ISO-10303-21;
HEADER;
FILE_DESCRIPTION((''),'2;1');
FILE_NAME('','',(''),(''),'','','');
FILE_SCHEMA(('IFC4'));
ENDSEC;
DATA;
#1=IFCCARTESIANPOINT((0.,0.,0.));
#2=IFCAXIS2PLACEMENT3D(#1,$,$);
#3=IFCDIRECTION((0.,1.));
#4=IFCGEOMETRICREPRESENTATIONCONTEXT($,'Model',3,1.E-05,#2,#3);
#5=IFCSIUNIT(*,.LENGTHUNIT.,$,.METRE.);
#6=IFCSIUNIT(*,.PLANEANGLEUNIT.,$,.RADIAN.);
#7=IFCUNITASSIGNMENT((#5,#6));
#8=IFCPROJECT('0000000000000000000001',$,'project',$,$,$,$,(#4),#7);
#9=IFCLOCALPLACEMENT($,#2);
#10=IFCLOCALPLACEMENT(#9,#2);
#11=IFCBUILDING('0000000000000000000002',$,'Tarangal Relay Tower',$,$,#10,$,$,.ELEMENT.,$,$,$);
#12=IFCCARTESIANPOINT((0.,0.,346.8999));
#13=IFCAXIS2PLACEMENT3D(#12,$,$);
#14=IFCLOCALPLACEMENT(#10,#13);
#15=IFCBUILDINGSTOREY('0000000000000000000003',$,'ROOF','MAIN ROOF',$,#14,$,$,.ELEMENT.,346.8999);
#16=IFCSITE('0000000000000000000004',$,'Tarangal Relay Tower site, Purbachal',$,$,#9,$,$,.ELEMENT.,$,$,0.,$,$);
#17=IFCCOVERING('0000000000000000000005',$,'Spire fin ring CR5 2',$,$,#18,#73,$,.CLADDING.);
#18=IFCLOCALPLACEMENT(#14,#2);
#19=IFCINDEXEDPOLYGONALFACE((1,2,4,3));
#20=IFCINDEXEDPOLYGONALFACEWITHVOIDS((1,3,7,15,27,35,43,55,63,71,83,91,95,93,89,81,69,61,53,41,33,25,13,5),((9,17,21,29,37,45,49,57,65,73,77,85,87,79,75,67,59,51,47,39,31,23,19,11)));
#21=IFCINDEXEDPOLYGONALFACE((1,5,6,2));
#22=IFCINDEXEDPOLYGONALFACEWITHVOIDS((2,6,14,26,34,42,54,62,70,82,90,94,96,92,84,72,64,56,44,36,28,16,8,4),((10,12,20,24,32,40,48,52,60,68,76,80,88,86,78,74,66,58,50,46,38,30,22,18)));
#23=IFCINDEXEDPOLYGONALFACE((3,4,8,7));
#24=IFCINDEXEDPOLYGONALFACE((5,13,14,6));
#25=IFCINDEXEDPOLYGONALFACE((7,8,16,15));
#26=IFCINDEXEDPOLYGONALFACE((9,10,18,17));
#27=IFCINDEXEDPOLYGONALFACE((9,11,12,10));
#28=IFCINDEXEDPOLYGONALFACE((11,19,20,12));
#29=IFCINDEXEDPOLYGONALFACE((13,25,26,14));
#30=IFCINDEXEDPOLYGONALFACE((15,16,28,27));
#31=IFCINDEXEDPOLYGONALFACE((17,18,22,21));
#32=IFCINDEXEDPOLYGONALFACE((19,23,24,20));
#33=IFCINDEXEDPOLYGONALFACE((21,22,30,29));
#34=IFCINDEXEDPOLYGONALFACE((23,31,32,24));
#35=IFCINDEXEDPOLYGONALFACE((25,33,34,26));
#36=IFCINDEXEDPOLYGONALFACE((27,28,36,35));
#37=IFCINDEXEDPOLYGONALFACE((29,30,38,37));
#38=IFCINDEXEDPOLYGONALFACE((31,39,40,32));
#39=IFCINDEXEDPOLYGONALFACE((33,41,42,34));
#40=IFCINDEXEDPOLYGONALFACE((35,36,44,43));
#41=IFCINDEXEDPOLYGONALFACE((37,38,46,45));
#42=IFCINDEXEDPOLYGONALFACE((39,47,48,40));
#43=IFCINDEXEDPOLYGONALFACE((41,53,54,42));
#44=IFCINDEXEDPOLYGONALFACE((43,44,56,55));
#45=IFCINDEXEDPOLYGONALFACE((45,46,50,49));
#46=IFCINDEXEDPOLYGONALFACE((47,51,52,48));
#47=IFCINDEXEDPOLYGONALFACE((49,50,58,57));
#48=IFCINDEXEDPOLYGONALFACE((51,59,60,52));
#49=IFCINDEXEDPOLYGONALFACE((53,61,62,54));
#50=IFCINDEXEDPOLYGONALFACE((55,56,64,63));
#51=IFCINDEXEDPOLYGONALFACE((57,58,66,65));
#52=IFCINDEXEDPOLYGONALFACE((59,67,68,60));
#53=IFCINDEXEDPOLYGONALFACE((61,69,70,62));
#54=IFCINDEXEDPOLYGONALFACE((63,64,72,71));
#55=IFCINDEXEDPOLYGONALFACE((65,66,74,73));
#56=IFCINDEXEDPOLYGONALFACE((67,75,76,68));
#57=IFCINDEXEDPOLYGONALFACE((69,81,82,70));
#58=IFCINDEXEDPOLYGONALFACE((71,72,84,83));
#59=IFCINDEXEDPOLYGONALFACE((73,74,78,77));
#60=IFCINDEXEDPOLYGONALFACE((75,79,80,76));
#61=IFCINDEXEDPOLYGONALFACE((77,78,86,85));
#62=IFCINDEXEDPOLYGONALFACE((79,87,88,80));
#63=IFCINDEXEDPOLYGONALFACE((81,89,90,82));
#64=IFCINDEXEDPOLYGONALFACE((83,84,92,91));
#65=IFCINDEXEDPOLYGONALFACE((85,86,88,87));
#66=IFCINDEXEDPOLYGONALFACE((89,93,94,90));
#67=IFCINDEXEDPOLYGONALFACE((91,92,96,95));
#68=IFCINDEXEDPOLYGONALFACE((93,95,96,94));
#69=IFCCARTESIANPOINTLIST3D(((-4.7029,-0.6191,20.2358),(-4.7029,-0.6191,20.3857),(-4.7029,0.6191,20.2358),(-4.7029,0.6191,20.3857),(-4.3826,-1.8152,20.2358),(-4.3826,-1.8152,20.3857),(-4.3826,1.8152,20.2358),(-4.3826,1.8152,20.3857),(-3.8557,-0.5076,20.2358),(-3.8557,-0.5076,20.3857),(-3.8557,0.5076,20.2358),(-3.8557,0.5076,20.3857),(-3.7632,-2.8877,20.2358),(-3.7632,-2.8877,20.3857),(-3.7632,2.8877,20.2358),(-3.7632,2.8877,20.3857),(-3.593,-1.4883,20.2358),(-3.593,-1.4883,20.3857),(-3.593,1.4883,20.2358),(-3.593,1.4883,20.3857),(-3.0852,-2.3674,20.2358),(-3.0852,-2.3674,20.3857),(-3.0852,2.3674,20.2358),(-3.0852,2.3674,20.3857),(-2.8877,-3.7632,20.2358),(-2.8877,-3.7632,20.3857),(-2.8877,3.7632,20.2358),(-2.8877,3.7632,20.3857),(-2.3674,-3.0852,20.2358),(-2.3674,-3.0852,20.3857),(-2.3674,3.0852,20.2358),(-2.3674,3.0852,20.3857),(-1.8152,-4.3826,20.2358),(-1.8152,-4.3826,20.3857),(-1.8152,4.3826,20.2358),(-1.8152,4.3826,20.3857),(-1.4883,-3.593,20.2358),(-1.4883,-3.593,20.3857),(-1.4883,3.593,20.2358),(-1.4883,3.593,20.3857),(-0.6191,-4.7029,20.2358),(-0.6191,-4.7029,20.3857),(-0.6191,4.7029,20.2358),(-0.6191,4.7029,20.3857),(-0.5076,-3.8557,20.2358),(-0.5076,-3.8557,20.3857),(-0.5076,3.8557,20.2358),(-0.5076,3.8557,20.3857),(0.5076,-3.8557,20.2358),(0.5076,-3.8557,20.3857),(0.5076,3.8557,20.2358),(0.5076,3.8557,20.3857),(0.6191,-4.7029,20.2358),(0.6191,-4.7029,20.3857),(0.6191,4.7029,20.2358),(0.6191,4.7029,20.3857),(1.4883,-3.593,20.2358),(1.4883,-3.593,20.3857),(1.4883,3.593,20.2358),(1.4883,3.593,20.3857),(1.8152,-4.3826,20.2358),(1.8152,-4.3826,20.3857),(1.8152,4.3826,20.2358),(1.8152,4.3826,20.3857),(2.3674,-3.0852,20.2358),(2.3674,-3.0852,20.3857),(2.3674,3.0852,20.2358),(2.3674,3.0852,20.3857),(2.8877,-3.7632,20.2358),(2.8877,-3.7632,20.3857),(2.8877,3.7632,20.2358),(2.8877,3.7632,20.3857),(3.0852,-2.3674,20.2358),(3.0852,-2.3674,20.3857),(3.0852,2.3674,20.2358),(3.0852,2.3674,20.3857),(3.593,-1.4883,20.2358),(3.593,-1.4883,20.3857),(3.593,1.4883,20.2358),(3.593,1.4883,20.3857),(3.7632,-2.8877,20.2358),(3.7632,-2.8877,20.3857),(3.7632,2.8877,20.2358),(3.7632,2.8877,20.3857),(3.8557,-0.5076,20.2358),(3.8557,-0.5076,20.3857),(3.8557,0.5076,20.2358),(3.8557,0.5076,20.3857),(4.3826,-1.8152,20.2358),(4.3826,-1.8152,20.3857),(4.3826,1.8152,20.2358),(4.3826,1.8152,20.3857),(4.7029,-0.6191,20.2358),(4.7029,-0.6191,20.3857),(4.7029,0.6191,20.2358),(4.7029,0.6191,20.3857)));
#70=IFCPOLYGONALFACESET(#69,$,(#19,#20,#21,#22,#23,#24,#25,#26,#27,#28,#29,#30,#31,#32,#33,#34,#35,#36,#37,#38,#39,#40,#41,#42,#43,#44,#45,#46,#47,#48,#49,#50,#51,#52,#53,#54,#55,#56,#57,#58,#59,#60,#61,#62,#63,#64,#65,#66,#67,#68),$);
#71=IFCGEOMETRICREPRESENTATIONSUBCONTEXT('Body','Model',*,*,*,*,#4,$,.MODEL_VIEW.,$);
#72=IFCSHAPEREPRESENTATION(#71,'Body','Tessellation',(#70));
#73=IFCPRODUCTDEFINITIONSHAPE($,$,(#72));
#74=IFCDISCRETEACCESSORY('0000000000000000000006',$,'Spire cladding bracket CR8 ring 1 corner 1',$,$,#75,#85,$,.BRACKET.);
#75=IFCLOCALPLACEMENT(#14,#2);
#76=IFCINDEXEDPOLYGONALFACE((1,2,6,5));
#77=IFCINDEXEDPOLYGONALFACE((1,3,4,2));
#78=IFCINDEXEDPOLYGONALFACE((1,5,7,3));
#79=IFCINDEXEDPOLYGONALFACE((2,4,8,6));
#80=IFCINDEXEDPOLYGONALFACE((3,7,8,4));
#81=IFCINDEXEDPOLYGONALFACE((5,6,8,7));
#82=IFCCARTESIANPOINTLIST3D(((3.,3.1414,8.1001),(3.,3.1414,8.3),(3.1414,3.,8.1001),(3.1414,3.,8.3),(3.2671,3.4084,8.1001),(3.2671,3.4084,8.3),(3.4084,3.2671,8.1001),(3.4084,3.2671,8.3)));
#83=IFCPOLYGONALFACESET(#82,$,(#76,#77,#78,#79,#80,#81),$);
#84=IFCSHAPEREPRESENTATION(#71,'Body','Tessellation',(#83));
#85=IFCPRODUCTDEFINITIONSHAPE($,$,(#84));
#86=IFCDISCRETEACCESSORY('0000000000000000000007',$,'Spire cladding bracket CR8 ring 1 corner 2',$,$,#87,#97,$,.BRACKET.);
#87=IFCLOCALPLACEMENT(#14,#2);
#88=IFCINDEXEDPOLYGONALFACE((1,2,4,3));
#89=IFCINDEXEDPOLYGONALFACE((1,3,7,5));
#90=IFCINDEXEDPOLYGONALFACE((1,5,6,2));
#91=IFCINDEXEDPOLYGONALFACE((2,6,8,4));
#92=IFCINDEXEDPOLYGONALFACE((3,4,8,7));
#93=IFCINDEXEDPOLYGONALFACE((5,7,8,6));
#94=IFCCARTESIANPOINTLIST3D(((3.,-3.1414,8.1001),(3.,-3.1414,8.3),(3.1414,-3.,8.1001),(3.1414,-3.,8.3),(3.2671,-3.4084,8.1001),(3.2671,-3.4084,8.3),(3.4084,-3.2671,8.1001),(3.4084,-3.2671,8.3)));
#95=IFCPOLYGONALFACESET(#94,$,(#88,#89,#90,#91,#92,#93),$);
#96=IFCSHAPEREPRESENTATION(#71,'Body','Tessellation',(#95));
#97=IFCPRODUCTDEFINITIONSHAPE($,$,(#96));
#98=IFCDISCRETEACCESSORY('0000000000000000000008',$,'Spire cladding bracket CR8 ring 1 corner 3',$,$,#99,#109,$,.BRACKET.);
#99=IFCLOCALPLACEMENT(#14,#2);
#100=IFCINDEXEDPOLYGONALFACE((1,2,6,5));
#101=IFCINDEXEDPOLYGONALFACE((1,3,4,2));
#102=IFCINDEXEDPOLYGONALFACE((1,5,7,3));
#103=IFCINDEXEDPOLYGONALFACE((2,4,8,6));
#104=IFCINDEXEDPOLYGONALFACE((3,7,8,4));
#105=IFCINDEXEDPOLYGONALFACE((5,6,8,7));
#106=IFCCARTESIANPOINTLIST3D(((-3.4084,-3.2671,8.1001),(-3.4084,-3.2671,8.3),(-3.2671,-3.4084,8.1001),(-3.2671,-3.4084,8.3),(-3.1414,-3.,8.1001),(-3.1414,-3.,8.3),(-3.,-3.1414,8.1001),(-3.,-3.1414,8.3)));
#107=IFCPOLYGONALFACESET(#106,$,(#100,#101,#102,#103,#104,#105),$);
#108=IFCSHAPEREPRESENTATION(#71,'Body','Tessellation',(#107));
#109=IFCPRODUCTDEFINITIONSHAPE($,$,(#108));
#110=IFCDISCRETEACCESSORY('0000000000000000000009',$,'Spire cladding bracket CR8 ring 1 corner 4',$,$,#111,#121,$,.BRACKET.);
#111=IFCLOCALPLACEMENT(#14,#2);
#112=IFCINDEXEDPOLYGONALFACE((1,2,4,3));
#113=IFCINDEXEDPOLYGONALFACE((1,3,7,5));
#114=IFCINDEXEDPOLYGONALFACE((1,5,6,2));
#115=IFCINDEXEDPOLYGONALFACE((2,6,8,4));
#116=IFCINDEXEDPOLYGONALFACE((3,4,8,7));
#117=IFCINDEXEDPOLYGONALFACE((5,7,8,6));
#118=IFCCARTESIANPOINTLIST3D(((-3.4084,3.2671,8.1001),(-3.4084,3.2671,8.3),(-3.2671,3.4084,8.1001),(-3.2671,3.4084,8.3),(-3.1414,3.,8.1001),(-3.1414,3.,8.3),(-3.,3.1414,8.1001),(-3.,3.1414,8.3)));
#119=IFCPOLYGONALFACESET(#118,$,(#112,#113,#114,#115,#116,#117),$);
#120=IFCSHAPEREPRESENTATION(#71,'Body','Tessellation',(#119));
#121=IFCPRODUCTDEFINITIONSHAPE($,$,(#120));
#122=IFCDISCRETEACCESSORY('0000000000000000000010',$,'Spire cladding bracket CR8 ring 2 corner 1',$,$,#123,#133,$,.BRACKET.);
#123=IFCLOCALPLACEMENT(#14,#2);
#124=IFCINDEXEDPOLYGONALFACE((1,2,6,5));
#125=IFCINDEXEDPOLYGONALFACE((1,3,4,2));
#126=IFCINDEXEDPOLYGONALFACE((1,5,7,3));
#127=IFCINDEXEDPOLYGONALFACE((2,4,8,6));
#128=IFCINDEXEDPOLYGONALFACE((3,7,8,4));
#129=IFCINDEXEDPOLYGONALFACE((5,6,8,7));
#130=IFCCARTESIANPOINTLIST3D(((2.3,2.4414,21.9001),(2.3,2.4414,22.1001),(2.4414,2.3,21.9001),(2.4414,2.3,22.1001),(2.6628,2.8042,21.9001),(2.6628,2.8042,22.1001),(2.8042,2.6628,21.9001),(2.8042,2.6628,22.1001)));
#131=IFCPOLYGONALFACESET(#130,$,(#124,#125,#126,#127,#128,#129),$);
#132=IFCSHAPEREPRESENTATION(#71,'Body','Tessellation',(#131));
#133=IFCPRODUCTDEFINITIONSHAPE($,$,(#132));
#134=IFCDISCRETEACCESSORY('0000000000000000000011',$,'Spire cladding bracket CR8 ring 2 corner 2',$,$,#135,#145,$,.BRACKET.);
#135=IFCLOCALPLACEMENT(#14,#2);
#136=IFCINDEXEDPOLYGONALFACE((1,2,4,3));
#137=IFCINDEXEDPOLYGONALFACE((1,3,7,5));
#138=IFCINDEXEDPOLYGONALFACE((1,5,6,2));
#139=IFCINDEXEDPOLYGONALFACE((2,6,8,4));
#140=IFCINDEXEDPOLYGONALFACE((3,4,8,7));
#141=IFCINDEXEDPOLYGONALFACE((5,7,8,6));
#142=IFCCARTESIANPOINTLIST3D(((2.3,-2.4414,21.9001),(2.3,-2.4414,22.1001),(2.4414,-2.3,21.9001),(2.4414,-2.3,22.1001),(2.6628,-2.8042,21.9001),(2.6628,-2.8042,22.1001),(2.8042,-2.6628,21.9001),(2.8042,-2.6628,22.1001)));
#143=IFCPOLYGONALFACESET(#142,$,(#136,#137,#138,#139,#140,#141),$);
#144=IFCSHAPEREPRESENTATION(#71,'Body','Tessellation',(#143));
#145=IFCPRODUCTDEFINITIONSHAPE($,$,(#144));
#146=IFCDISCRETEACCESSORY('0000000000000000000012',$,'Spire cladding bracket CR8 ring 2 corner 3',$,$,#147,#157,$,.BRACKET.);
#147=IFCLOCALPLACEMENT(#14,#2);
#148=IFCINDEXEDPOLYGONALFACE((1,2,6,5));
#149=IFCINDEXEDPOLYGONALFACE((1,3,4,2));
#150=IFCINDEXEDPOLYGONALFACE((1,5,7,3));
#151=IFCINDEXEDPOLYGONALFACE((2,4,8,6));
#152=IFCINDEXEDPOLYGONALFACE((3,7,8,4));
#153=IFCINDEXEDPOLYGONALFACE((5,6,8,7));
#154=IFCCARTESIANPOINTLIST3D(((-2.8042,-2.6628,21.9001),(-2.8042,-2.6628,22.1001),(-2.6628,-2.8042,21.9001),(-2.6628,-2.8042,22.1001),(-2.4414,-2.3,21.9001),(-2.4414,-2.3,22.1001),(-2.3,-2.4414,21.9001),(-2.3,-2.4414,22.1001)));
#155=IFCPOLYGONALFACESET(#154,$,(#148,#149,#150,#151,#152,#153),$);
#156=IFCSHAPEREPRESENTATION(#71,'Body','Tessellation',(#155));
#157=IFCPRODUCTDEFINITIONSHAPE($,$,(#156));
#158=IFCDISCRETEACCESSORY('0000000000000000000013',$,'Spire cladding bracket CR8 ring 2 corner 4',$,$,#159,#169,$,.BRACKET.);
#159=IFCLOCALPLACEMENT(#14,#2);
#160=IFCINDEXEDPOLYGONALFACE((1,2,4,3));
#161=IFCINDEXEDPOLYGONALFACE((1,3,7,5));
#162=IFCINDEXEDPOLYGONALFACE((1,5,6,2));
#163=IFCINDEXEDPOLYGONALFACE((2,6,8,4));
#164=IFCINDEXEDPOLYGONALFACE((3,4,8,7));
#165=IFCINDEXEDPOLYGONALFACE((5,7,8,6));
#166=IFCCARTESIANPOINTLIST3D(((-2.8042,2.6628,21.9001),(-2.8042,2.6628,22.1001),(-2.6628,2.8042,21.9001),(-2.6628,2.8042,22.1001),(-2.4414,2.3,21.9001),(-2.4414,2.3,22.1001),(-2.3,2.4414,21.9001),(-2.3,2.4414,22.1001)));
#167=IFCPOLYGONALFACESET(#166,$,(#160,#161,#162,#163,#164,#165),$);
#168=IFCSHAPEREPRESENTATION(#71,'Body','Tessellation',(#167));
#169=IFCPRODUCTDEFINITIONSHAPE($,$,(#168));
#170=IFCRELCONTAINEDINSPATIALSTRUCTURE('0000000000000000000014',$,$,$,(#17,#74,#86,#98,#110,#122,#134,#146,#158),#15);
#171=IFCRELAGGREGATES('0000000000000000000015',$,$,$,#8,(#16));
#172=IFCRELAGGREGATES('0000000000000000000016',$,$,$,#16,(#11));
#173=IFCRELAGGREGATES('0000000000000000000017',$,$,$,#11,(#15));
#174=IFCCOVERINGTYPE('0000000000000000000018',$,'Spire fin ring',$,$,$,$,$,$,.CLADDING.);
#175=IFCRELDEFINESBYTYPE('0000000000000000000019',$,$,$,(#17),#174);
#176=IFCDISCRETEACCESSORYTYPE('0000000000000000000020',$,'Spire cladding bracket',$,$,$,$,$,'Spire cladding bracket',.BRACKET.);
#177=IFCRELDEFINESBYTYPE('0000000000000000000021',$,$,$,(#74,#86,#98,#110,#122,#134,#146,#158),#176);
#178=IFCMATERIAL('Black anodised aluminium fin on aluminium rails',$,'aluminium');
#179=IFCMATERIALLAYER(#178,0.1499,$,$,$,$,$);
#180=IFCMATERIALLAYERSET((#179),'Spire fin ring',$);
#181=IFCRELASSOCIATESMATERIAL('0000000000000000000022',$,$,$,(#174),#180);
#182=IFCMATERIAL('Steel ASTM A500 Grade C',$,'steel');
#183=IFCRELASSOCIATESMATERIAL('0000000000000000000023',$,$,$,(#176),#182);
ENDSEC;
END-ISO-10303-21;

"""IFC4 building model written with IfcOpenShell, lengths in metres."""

from ifc_helpers import new_model, si_unit, direction, frame, origin, place, context, subcontext, project, spatial, polyline, outline, extrude, material, layer, layer_set, type_object, element, save


model = new_model("IFC4")

# Units and contexts
model_context = context("Model", 3, precision=1e-05, world=origin(), true_north=direction((0.0, 1.0)))
body_context = subcontext(model_context, "Body", "Model", "MODEL_VIEW")
ifc_project = project(units=[si_unit("LENGTHUNIT", "METRE"), si_unit("PLANEANGLEUNIT", "RADIAN")], contexts=[model_context])

# Site, building, storey
site_placement = place(None, origin())
site = spatial("IfcSite", under=ifc_project, at=site_placement, Name="Tarangal Relay Tower site, Purbachal", CompositionType="ELEMENT", RefElevation=0.0)
building_placement = place(site_placement, origin())
building = spatial("IfcBuilding", under=site, at=building_placement, Name="Tarangal Relay Tower", CompositionType="ELEMENT")
storey_placement = place(building_placement, frame((0.0, 0.0, 346.8999)))
storey = spatial("IfcBuildingStorey", under=building, at=storey_placement, Name="ROOF", Description="MAIN ROOF", CompositionType="ELEMENT", Elevation=346.8999)

# Shared definitions
ifc_material_1 = material(Name="Steel ASTM A500 Grade C", Category="steel")

# Covering
ifc_material_2 = material(Name="Black anodised aluminium fin on aluminium rails", Category="aluminium")
ifc_layer_1 = layer(ifc_material_2, 0.1499)
ifc_layer_set_1 = layer_set([ifc_layer_1], Name="Spire fin ring")
covering_type_1 = type_object("IfcCoveringType", Name="Spire fin ring", PredefinedType="CLADDING", material=ifc_layer_set_1)
covering_1_placement = place(storey_placement, frame((0.0, 0.0, 20.2358)))
element("IfcCovering", 1, at=covering_1_placement, inside=storey, type_object=covering_type_1, Name="Spire fin ring CR5 2", PredefinedType="CLADDING", context=body_context, shape_type="SweptSolid", body=[
    extrude(outline(polyline([(4.7029, 0.6191), (4.3826, 1.8152), (3.7632, 2.8877), (2.8877, 3.7632), (1.8152, 4.3826), (0.6191, 4.7029), (-0.6191, 4.7029), (-1.8152, 4.3826), (-2.8877, 3.7632), (-3.7632, 2.8877), (-4.3826, 1.8152), (-4.7029, 0.6191), (-4.7029, -0.6191), (-4.3826, -1.8152), (-3.7632, -2.8877), (-2.8877, -3.7632), (-1.8152, -4.3826), (-0.6191, -4.7029), (0.6191, -4.7029), (1.8152, -4.3826), (2.8877, -3.7632), (3.7632, -2.8877), (4.3826, -1.8152), (4.7029, -0.6191), (4.7029, 0.6191)]), holes=[polyline([(3.8557, 0.5076), (3.593, 1.4883), (3.0852, 2.3674), (2.3674, 3.0852), (1.4883, 3.593), (0.5076, 3.8557), (-0.5076, 3.8557), (-1.4883, 3.593), (-2.3674, 3.0852), (-3.0852, 2.3674), (-3.593, 1.4883), (-3.8557, 0.5076), (-3.8557, -0.5076), (-3.593, -1.4883), (-3.0852, -2.3674), (-2.3674, -3.0852), (-1.4883, -3.593), (-0.5076, -3.8557), (0.5076, -3.8557), (1.4883, -3.593), (2.3674, -3.0852), (3.0852, -2.3674), (3.593, -1.4883), (3.8557, -0.5076), (3.8557, 0.5076)])]), origin(), (0.0, 0.0, 1.0), 0.1499),
])

# Discrete accessories
discrete_accessory_type = type_object("IfcDiscreteAccessoryType", Name="Spire cladding bracket", ElementType="Spire cladding bracket", PredefinedType="BRACKET", material=ifc_material_1)
discrete_accessory_1_placement = place(storey_placement, frame((0.0, 0.0, 8.1001)))
element("IfcDiscreteAccessory", 2, at=discrete_accessory_1_placement, inside=storey, type_object=discrete_accessory_type, Name="Spire cladding bracket CR8 ring 1 corner 1", PredefinedType="BRACKET", context=body_context, shape_type="SweptSolid", body=[
    extrude(outline(polyline([(3.0, 3.1414), (3.2671, 3.4084), (3.4084, 3.2671), (3.1414, 3.0), (3.0, 3.1414)])), origin(), (0.0, 0.0, 1.0), 0.2),
])
discrete_accessory_2_placement = place(storey_placement, frame((0.0, 0.0, 8.1001)))
element("IfcDiscreteAccessory", 3, at=discrete_accessory_2_placement, inside=storey, type_object=discrete_accessory_type, Name="Spire cladding bracket CR8 ring 1 corner 2", PredefinedType="BRACKET", context=body_context, shape_type="SweptSolid", body=[
    extrude(outline(polyline([(3.1414, -3.0), (3.4084, -3.2671), (3.2671, -3.4084), (3.0, -3.1414), (3.1414, -3.0)])), origin(), (0.0, 0.0, 1.0), 0.2),
])
discrete_accessory_3_placement = place(storey_placement, frame((0.0, 0.0, 8.1001)))
element("IfcDiscreteAccessory", 4, at=discrete_accessory_3_placement, inside=storey, type_object=discrete_accessory_type, Name="Spire cladding bracket CR8 ring 1 corner 3", PredefinedType="BRACKET", context=body_context, shape_type="SweptSolid", body=[
    extrude(outline(polyline([(-3.0, -3.1414), (-3.2671, -3.4084), (-3.4084, -3.2671), (-3.1414, -3.0), (-3.0, -3.1414)])), origin(), (0.0, 0.0, 1.0), 0.2),
])
discrete_accessory_4_placement = place(storey_placement, frame((0.0, 0.0, 8.1001)))
element("IfcDiscreteAccessory", 5, at=discrete_accessory_4_placement, inside=storey, type_object=discrete_accessory_type, Name="Spire cladding bracket CR8 ring 1 corner 4", PredefinedType="BRACKET", context=body_context, shape_type="SweptSolid", body=[
    extrude(outline(polyline([(-3.1414, 3.0), (-3.4084, 3.2671), (-3.2671, 3.4084), (-3.0, 3.1414), (-3.1414, 3.0)])), origin(), (0.0, 0.0, 1.0), 0.2),
])
discrete_accessory_5_placement = place(storey_placement, frame((0.0, 0.0, 21.9001)))
element("IfcDiscreteAccessory", 6, at=discrete_accessory_5_placement, inside=storey, type_object=discrete_accessory_type, Name="Spire cladding bracket CR8 ring 2 corner 1", PredefinedType="BRACKET", context=body_context, shape_type="SweptSolid", body=[
    extrude(outline(polyline([(2.3, 2.4414), (2.6628, 2.8042), (2.8042, 2.6628), (2.4414, 2.3), (2.3, 2.4414)])), origin(), (0.0, 0.0, 1.0), 0.2),
])
discrete_accessory_6_placement = place(storey_placement, frame((0.0, 0.0, 21.9001)))
element("IfcDiscreteAccessory", 7, at=discrete_accessory_6_placement, inside=storey, type_object=discrete_accessory_type, Name="Spire cladding bracket CR8 ring 2 corner 2", PredefinedType="BRACKET", context=body_context, shape_type="SweptSolid", body=[
    extrude(outline(polyline([(2.4414, -2.3), (2.8042, -2.6628), (2.6628, -2.8042), (2.3, -2.4414), (2.4414, -2.3)])), origin(), (0.0, 0.0, 1.0), 0.2),
])
discrete_accessory_7_placement = place(storey_placement, frame((0.0, 0.0, 21.9001)))
element("IfcDiscreteAccessory", 8, at=discrete_accessory_7_placement, inside=storey, type_object=discrete_accessory_type, Name="Spire cladding bracket CR8 ring 2 corner 3", PredefinedType="BRACKET", context=body_context, shape_type="SweptSolid", body=[
    extrude(outline(polyline([(-2.3, -2.4414), (-2.6628, -2.8042), (-2.8042, -2.6628), (-2.4414, -2.3), (-2.3, -2.4414)])), origin(), (0.0, 0.0, 1.0), 0.2),
])
discrete_accessory_8_placement = place(storey_placement, frame((0.0, 0.0, 21.9001)))
element("IfcDiscreteAccessory", 9, at=discrete_accessory_8_placement, inside=storey, type_object=discrete_accessory_type, Name="Spire cladding bracket CR8 ring 2 corner 4", PredefinedType="BRACKET", context=body_context, shape_type="SweptSolid", body=[
    extrude(outline(polyline([(-2.4414, 2.3), (-2.8042, 2.6628), (-2.6628, 2.8042), (-2.3, 2.4414), (-2.4414, 2.3)])), origin(), (0.0, 0.0, 1.0), 0.2),
])

save(model, "model.ifc")
